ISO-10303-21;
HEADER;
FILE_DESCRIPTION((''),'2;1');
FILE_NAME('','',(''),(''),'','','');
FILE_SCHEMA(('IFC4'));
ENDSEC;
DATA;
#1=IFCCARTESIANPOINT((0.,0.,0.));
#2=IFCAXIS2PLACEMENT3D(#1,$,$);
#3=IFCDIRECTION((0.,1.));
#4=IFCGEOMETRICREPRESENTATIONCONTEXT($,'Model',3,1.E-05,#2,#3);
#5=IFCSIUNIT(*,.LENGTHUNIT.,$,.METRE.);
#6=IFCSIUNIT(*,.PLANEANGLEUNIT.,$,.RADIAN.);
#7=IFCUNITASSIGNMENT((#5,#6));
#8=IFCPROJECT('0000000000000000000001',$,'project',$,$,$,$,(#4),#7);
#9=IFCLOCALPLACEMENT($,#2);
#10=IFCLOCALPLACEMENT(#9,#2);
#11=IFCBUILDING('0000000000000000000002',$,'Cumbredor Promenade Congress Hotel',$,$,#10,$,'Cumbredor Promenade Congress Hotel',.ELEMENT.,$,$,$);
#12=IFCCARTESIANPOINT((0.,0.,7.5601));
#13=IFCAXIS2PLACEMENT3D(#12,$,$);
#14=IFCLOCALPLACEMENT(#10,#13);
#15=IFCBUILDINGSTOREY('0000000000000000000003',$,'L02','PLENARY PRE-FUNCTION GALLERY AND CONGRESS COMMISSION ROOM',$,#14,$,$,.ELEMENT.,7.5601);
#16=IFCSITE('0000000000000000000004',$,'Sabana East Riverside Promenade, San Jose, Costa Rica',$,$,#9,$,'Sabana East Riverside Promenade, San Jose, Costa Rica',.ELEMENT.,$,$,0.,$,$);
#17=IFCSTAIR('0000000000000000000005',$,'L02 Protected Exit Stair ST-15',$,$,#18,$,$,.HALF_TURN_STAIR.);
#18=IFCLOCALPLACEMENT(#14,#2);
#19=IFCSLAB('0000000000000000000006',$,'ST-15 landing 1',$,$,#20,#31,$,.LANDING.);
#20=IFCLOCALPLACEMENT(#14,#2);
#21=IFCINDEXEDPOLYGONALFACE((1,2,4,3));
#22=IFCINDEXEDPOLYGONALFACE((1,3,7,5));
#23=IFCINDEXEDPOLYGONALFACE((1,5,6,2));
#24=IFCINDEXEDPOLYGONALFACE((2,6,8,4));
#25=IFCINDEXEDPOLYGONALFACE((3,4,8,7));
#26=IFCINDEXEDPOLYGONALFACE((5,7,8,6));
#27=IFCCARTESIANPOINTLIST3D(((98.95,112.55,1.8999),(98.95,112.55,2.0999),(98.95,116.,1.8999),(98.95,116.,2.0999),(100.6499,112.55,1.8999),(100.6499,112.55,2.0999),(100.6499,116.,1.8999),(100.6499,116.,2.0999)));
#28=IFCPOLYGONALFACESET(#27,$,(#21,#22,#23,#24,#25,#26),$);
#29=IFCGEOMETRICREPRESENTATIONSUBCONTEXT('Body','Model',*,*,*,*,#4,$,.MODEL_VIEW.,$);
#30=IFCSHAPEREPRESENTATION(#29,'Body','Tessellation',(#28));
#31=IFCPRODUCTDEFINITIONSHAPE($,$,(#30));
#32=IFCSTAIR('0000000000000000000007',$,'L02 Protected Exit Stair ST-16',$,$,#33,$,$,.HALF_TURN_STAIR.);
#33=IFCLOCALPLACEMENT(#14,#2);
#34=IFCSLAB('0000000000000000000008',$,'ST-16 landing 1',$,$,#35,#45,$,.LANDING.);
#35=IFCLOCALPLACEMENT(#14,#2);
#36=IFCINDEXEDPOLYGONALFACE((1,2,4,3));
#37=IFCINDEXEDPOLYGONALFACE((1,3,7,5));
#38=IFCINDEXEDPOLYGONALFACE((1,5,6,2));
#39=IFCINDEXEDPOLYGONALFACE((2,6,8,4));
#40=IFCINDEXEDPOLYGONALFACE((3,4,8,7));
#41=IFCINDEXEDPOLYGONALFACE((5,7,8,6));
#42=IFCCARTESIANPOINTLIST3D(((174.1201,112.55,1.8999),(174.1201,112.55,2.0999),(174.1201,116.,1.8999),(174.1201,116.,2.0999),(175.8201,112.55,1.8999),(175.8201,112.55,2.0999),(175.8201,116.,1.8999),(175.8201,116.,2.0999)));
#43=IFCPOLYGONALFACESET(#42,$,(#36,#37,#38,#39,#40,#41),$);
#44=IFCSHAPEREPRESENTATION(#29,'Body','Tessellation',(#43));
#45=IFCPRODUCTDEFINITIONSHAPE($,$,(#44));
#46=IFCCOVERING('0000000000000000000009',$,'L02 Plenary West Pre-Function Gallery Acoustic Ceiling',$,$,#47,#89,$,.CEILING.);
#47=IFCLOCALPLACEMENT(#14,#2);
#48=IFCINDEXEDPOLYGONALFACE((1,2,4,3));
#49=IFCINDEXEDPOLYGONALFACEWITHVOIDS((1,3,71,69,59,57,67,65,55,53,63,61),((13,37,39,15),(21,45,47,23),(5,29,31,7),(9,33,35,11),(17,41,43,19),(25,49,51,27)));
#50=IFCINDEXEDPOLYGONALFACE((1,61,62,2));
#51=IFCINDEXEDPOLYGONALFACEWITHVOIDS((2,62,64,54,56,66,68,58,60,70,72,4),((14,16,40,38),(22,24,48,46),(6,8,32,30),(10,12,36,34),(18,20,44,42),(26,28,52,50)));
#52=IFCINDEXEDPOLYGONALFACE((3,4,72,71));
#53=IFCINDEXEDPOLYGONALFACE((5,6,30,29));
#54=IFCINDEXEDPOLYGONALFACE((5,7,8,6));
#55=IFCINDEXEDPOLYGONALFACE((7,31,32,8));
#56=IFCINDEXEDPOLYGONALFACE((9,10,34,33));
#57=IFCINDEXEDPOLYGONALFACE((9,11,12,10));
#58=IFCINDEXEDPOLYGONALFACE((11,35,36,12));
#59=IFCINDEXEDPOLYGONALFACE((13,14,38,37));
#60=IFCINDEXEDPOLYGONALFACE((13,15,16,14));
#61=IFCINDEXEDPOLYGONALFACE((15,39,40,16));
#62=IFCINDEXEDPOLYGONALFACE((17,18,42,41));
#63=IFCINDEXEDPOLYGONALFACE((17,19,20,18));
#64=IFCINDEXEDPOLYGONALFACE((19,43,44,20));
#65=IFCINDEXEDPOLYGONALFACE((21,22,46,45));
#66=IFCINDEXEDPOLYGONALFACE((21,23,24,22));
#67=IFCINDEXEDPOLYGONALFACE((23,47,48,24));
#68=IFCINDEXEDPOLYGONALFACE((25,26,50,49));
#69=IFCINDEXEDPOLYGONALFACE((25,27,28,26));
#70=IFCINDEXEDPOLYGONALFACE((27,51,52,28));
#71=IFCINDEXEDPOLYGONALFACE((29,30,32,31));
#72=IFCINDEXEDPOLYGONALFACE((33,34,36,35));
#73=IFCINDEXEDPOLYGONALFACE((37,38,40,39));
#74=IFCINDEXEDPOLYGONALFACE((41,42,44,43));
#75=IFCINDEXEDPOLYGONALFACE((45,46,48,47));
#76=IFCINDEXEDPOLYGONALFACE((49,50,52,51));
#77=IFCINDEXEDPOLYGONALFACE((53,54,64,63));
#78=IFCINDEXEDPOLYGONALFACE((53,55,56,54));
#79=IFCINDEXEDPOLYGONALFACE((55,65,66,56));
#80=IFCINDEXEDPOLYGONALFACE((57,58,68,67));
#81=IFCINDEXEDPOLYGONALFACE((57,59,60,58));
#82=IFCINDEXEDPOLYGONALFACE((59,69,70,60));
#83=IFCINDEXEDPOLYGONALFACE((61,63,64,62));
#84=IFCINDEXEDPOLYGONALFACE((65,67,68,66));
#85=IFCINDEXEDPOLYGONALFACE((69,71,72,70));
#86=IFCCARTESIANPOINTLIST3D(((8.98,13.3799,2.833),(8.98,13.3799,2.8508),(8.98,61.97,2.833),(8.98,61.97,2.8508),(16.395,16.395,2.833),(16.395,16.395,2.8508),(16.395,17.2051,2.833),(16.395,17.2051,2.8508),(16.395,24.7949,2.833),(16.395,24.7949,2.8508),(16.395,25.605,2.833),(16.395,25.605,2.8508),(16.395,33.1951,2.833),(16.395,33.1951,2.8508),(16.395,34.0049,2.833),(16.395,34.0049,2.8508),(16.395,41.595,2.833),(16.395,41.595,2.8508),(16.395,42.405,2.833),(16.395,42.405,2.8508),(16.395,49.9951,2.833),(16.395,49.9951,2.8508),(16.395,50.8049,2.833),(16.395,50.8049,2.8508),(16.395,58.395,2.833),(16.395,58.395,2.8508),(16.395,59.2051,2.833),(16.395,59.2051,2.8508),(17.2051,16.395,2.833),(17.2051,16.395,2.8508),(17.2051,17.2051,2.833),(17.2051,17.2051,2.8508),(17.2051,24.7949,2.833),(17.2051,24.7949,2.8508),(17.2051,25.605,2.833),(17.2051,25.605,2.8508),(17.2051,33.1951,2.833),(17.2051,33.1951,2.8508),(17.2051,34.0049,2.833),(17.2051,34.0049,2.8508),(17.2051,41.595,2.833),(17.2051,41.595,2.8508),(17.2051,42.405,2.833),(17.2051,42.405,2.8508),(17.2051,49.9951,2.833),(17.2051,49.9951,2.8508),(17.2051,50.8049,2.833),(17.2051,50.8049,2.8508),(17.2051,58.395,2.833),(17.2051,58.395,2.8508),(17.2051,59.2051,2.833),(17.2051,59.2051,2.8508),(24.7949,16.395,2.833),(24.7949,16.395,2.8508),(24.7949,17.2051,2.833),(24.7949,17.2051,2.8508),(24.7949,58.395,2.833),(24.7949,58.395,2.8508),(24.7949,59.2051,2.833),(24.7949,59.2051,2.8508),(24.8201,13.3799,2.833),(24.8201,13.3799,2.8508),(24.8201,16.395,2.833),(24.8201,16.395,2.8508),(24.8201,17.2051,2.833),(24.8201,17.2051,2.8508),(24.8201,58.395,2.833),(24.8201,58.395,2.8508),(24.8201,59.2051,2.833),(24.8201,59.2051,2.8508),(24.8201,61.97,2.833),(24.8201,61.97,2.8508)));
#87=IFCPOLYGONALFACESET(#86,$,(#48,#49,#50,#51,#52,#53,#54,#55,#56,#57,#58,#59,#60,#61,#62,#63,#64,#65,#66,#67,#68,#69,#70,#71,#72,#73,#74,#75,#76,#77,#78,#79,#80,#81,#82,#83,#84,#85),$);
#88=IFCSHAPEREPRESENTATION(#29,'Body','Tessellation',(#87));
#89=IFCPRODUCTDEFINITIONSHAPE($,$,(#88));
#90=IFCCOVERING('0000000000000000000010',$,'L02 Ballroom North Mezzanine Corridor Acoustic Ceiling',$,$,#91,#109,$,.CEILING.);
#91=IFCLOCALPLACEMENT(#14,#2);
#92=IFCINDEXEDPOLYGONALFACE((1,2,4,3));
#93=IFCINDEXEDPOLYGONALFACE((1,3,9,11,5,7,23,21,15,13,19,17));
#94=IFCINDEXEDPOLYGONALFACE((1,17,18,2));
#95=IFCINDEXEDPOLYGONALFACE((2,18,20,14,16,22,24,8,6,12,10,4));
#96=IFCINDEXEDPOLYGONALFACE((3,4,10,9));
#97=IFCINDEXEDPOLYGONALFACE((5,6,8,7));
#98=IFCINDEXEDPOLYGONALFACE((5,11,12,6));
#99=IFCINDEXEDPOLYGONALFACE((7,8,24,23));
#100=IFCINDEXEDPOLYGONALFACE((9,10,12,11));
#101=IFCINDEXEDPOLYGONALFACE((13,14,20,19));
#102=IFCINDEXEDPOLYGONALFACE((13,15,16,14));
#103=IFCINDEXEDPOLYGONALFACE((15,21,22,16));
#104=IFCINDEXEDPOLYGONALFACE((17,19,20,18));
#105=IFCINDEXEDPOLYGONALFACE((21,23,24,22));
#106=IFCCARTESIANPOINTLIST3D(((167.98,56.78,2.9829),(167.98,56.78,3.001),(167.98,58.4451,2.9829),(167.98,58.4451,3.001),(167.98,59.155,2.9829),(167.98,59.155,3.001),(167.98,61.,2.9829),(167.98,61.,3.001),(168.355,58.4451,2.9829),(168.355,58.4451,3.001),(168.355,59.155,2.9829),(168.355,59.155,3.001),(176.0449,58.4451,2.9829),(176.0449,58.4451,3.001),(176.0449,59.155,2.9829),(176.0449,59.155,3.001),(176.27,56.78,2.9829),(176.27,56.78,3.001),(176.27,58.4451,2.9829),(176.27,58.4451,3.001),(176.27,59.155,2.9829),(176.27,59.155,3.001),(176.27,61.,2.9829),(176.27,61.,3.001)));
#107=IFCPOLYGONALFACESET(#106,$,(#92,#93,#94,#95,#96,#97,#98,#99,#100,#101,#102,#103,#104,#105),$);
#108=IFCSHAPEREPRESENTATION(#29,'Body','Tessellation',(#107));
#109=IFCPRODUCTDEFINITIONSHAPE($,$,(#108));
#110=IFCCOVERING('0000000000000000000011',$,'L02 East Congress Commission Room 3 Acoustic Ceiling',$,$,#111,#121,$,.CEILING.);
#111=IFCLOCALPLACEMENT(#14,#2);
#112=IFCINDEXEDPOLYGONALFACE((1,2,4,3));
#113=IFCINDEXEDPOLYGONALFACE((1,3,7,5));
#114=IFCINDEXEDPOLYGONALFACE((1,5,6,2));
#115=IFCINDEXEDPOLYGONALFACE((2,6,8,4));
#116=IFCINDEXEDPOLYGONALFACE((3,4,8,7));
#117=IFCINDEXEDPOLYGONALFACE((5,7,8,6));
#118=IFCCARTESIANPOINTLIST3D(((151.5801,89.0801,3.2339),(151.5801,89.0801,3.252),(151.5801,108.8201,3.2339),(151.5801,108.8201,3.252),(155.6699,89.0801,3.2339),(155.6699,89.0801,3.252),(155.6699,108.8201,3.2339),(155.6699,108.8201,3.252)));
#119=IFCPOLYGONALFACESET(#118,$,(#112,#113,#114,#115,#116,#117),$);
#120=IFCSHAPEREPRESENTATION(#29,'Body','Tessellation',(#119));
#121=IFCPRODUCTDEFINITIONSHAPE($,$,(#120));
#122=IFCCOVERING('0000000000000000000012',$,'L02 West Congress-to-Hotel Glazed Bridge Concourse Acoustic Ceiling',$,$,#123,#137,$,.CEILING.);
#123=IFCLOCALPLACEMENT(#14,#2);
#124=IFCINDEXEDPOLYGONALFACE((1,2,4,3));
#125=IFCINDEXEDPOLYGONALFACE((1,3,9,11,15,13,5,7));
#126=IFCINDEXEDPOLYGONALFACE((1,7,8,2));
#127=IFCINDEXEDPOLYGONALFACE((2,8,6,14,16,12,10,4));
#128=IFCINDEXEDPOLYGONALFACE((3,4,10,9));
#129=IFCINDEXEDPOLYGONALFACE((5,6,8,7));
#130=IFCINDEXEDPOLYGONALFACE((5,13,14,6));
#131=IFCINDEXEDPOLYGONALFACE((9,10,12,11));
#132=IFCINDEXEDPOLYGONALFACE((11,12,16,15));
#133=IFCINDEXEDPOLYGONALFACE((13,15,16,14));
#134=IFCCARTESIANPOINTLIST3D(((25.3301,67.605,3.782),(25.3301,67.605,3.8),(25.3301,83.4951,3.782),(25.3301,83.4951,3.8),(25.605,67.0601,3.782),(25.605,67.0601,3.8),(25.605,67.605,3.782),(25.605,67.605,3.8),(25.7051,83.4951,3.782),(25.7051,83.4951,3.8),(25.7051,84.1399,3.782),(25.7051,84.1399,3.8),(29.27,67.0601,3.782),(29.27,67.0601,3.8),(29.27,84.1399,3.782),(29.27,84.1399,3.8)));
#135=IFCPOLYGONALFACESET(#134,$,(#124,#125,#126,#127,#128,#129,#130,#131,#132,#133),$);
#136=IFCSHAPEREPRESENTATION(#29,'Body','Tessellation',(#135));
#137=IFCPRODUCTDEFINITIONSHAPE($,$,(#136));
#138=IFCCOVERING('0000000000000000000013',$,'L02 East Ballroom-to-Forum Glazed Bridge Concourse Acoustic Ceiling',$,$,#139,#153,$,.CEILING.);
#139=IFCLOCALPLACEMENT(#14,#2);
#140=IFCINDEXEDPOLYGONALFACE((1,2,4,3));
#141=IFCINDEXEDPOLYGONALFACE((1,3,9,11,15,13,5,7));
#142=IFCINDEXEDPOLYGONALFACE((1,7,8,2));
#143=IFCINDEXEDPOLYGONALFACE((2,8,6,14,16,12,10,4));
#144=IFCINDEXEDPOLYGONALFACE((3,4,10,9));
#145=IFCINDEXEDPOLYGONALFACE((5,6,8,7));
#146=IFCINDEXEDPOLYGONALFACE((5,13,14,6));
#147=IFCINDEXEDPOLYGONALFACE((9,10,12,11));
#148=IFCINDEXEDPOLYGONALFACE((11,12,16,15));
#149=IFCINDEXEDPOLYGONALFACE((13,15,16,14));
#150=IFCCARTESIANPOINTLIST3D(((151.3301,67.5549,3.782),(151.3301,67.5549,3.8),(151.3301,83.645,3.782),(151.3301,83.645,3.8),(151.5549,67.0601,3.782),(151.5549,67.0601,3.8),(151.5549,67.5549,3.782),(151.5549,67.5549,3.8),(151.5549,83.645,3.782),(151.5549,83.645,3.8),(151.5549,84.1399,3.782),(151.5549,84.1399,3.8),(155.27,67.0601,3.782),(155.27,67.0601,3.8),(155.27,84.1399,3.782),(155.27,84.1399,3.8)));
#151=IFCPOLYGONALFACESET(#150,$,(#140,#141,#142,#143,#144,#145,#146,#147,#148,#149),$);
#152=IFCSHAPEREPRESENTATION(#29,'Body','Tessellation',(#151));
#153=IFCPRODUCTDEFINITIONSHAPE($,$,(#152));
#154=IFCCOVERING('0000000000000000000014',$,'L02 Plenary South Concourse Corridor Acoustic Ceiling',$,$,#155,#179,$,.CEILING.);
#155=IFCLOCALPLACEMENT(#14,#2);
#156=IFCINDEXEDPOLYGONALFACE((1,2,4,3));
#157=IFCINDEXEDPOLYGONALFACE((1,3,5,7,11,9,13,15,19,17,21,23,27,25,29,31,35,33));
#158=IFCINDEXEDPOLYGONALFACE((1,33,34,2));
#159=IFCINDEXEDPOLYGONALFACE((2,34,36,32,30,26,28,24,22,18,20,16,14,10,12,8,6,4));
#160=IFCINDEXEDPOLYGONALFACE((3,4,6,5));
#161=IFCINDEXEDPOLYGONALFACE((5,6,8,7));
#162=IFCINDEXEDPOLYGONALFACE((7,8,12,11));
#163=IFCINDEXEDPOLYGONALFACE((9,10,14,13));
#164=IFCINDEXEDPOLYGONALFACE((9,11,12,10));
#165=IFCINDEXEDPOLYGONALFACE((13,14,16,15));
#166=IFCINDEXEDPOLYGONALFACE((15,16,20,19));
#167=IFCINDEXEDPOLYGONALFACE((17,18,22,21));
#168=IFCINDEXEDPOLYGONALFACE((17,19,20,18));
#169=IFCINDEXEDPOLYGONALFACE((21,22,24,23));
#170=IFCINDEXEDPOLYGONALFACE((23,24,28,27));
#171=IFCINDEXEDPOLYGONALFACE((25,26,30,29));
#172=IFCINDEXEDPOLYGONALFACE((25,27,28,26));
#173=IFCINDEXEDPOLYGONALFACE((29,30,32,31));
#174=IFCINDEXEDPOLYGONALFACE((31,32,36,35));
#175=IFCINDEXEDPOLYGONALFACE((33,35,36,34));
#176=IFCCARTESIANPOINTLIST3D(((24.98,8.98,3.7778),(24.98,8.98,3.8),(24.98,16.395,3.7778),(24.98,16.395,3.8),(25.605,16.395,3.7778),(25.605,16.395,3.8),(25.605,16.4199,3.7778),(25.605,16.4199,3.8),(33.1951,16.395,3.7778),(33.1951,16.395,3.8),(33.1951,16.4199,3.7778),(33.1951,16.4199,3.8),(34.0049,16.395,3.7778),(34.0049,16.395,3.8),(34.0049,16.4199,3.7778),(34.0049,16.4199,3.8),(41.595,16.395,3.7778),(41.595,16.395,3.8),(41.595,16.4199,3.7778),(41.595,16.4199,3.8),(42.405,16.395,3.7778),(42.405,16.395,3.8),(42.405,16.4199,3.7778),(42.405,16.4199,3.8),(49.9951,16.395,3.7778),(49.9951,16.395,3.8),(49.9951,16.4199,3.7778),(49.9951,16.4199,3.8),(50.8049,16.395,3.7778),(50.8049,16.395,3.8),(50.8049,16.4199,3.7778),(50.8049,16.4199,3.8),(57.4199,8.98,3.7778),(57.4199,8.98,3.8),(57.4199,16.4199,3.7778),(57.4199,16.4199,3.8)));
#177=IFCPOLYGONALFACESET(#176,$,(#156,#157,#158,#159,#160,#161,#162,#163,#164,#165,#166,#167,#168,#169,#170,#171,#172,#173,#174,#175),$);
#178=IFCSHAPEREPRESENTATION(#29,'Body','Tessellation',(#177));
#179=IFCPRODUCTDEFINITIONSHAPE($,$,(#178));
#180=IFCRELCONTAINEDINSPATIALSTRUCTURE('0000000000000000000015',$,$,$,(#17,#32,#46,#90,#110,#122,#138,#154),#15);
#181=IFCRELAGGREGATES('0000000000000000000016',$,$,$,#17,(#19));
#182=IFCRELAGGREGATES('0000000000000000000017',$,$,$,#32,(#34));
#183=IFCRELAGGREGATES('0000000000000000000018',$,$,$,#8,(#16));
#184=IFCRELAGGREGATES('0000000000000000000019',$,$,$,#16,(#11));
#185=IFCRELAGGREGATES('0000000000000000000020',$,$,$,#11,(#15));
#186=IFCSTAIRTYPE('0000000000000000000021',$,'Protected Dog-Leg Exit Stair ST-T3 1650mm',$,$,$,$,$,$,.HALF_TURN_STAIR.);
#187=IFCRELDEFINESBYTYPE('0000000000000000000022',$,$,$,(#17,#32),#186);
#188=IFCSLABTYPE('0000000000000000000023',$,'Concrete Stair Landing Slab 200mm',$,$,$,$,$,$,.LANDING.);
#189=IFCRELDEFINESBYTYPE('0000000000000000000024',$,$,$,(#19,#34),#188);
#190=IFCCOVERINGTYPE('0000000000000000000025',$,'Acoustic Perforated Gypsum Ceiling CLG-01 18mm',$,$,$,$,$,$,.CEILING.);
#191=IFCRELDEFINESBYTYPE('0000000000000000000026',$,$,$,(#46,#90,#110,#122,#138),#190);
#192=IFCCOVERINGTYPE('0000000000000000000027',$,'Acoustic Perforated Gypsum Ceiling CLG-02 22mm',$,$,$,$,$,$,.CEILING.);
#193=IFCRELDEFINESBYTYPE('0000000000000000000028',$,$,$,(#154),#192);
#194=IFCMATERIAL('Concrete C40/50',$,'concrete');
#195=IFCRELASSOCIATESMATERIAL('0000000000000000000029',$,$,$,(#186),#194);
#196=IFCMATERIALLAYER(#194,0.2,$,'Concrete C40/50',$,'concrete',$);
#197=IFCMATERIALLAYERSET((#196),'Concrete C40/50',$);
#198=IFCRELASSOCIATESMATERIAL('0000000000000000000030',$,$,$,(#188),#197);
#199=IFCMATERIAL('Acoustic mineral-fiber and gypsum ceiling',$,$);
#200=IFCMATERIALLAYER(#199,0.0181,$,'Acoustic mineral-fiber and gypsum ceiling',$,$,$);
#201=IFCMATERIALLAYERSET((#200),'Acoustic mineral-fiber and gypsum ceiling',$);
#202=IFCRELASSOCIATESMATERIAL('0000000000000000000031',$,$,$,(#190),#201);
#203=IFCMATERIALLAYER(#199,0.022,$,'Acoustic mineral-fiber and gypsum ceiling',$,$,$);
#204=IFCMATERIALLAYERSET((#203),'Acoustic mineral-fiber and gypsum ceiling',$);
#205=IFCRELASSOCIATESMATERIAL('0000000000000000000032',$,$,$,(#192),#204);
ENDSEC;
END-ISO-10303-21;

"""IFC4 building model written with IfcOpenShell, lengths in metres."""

from ifc_helpers import new_model, si_unit, direction, frame, origin, place, context, subcontext, project, spatial, polyline, outline, extrude, material, layer, layer_set, type_object, element, aggregate, save


model = new_model("IFC4")

# Units and contexts
model_context = context("Model", 3, precision=1e-05, world=origin(), true_north=direction((0.0, 1.0)))
body_context = subcontext(model_context, "Body", "Model", "MODEL_VIEW")
ifc_project = project(units=[si_unit("LENGTHUNIT", "METRE"), si_unit("PLANEANGLEUNIT", "RADIAN")], contexts=[model_context])

# Site, building, storey
site_placement = place(None, origin())
site = spatial("IfcSite", under=ifc_project, at=site_placement, Name="Sabana East Riverside Promenade, San Jose, Costa Rica", LongName="Sabana East Riverside Promenade, San Jose, Costa Rica", CompositionType="ELEMENT", RefElevation=0.0)
building_placement = place(site_placement, origin())
building = spatial("IfcBuilding", under=site, at=building_placement, Name="Cumbredor Promenade Congress Hotel", LongName="Cumbredor Promenade Congress Hotel", CompositionType="ELEMENT")
storey_placement = place(building_placement, frame((0.0, 0.0, 7.5601)))
storey = spatial("IfcBuildingStorey", under=building, at=storey_placement, Name="L02", Description="PLENARY PRE-FUNCTION GALLERY AND CONGRESS COMMISSION ROOM", CompositionType="ELEMENT", Elevation=7.5601)

# Stairs, slabs
ifc_material_1 = material(Name="Concrete C40/50", Category="concrete")
stair_type = type_object("IfcStairType", Name="Protected Dog-Leg Exit Stair ST-T3 1650mm", PredefinedType="HALF_TURN_STAIR", material=ifc_material_1)
stair_1_placement = place(storey_placement, origin())
stair_1 = element("IfcStair", 1, at=stair_1_placement, inside=storey, type_object=stair_type, Name="L02 Protected Exit Stair ST-15", PredefinedType="HALF_TURN_STAIR")
ifc_layer_1 = layer(ifc_material_1, 0.2, Name="Concrete C40/50", Category="concrete")
ifc_layer_set_1 = layer_set([ifc_layer_1], Name="Concrete C40/50")
slab_type = type_object("IfcSlabType", Name="Concrete Stair Landing Slab 200mm", PredefinedType="LANDING", material=ifc_layer_set_1)
slab_1_placement = place(storey_placement, frame((0.0, 0.0, 1.8999)))
slab_1 = element("IfcSlab", 2, at=slab_1_placement, type_object=slab_type, Name="ST-15 landing 1", PredefinedType="LANDING", context=body_context, shape_type="SweptSolid", body=[
    extrude(outline(polyline([(98.95, 112.55), (100.6499, 112.55), (100.6499, 116.0), (98.95, 116.0), (98.95, 112.55)])), origin(), (0.0, 0.0, 1.0), 0.2),
])
aggregate(stair_1, [slab_1])
stair_2_placement = place(storey_placement, origin())
stair_2 = element("IfcStair", 3, at=stair_2_placement, inside=storey, type_object=stair_type, Name="L02 Protected Exit Stair ST-16", PredefinedType="HALF_TURN_STAIR")
slab_2_placement = place(storey_placement, frame((0.0, 0.0, 1.8999)))
slab_2 = element("IfcSlab", 4, at=slab_2_placement, type_object=slab_type, Name="ST-16 landing 1", PredefinedType="LANDING", context=body_context, shape_type="SweptSolid", body=[
    extrude(outline(polyline([(174.1201, 112.55), (175.8201, 112.55), (175.8201, 116.0), (174.1201, 116.0), (174.1201, 112.55)])), origin(), (0.0, 0.0, 1.0), 0.2),
])
aggregate(stair_2, [slab_2])

# Coverings
ifc_material_2 = material(Name="Acoustic mineral-fiber and gypsum ceiling")
ifc_layer_2 = layer(ifc_material_2, 0.0181, Name="Acoustic mineral-fiber and gypsum ceiling")
ifc_layer_set_2 = layer_set([ifc_layer_2], Name="Acoustic mineral-fiber and gypsum ceiling")
covering_type_1 = type_object("IfcCoveringType", Name="Acoustic Perforated Gypsum Ceiling CLG-01 18mm", PredefinedType="CEILING", material=ifc_layer_set_2)
covering_1_placement = place(storey_placement, frame((0.0, 0.0, 2.833)))
element("IfcCovering", 5, at=covering_1_placement, inside=storey, type_object=covering_type_1, Name="L02 Plenary West Pre-Function Gallery Acoustic Ceiling", PredefinedType="CEILING", context=body_context, shape_type="SweptSolid", body=[
    extrude(outline(polyline([(8.98, 61.97), (24.8201, 61.97), (24.8201, 59.2051), (24.7949, 59.2051), (24.7949, 58.395), (24.8201, 58.395), (24.8201, 17.2051), (24.7949, 17.2051), (24.7949, 16.395), (24.8201, 16.395), (24.8201, 13.3799), (8.98, 13.3799), (8.98, 61.97)]), holes=[polyline([(17.2051, 16.395), (17.2051, 17.2051), (16.395, 17.2051), (16.395, 16.395), (17.2051, 16.395)]), polyline([(16.395, 24.7949), (17.2051, 24.7949), (17.2051, 25.605), (16.395, 25.605), (16.395, 24.7949)]), polyline([(16.395, 34.0049), (16.395, 33.1951), (17.2051, 33.1951), (17.2051, 34.0049), (16.395, 34.0049)]), polyline([(17.2051, 42.405), (16.395, 42.405), (16.395, 41.595), (17.2051, 41.595), (17.2051, 42.405)]), polyline([(17.2051, 49.9951), (17.2051, 50.8049), (16.395, 50.8049), (16.395, 49.9951), (17.2051, 49.9951)]), polyline([(16.395, 58.395), (17.2051, 58.395), (17.2051, 59.2051), (16.395, 59.2051), (16.395, 58.395)])]), origin(), (0.0, 0.0, 1.0), 0.0178),
])
covering_2_placement = place(storey_placement, frame((0.0, 0.0, 2.9829)))
element("IfcCovering", 6, at=covering_2_placement, inside=storey, type_object=covering_type_1, Name="L02 Ballroom North Mezzanine Corridor Acoustic Ceiling", PredefinedType="CEILING", context=body_context, shape_type="SweptSolid", body=[
    extrude(outline(polyline([(176.27, 59.155), (176.0449, 59.155), (176.0449, 58.4451), (176.27, 58.4451), (176.27, 56.78), (167.98, 56.78), (167.98, 58.4451), (168.355, 58.4451), (168.355, 59.155), (167.98, 59.155), (167.98, 61.0), (176.27, 61.0), (176.27, 59.155)])), origin(), (0.0, 0.0, 1.0), 0.0181),
])
covering_3_placement = place(storey_placement, frame((0.0, 0.0, 3.2339)))
element("IfcCovering", 7, at=covering_3_placement, inside=storey, type_object=covering_type_1, Name="L02 East Congress Commission Room 3 Acoustic Ceiling", PredefinedType="CEILING", context=body_context, shape_type="SweptSolid", body=[
    extrude(outline(polyline([(151.5801, 108.8201), (155.6699, 108.8201), (155.6699, 89.0801), (151.5801, 89.0801), (151.5801, 108.8201)])), origin(), (0.0, 0.0, 1.0), 0.0181),
])
covering_4_placement = place(storey_placement, frame((0.0, 0.0, 3.782)))
element("IfcCovering", 8, at=covering_4_placement, inside=storey, type_object=covering_type_1, Name="L02 West Congress-to-Hotel Glazed Bridge Concourse Acoustic Ceiling", PredefinedType="CEILING", context=body_context, shape_type="SweptSolid", body=[
    extrude(outline(polyline([(29.27, 67.0601), (25.605, 67.0601), (25.605, 67.605), (25.3301, 67.605), (25.3301, 83.4951), (25.7051, 83.4951), (25.7051, 84.1399), (29.27, 84.1399), (29.27, 67.0601)])), origin(), (0.0, 0.0, 1.0), 0.0181),
])
covering_5_placement = place(storey_placement, frame((0.0, 0.0, 3.782)))
element("IfcCovering", 9, at=covering_5_placement, inside=storey, type_object=covering_type_1, Name="L02 East Ballroom-to-Forum Glazed Bridge Concourse Acoustic Ceiling", PredefinedType="CEILING", context=body_context, shape_type="SweptSolid", body=[
    extrude(outline(polyline([(155.27, 67.0601), (151.5549, 67.0601), (151.5549, 67.5549), (151.3301, 67.5549), (151.3301, 83.645), (151.5549, 83.645), (151.5549, 84.1399), (155.27, 84.1399), (155.27, 67.0601)])), origin(), (0.0, 0.0, 1.0), 0.0181),
])
ifc_layer_3 = layer(ifc_material_2, 0.022, Name="Acoustic mineral-fiber and gypsum ceiling")
ifc_layer_set_3 = layer_set([ifc_layer_3], Name="Acoustic mineral-fiber and gypsum ceiling")
covering_type_2 = type_object("IfcCoveringType", Name="Acoustic Perforated Gypsum Ceiling CLG-02 22mm", PredefinedType="CEILING", material=ifc_layer_set_3)
covering_6_placement = place(storey_placement, frame((0.0, 0.0, 3.7778)))
element("IfcCovering", 10, at=covering_6_placement, inside=storey, type_object=covering_type_2, Name="L02 Plenary South Concourse Corridor Acoustic Ceiling", PredefinedType="CEILING", context=body_context, shape_type="SweptSolid", body=[
    extrude(outline(polyline([(24.98, 16.395), (25.605, 16.395), (25.605, 16.4199), (33.1951, 16.4199), (33.1951, 16.395), (34.0049, 16.395), (34.0049, 16.4199), (41.595, 16.4199), (41.595, 16.395), (42.405, 16.395), (42.405, 16.4199), (49.9951, 16.4199), (49.9951, 16.395), (50.8049, 16.395), (50.8049, 16.4199), (57.4199, 16.4199), (57.4199, 8.98), (24.98, 8.98), (24.98, 16.395)])), origin(), (0.0, 0.0, 1.0), 0.0222),
])

save(model, "model.ifc")
